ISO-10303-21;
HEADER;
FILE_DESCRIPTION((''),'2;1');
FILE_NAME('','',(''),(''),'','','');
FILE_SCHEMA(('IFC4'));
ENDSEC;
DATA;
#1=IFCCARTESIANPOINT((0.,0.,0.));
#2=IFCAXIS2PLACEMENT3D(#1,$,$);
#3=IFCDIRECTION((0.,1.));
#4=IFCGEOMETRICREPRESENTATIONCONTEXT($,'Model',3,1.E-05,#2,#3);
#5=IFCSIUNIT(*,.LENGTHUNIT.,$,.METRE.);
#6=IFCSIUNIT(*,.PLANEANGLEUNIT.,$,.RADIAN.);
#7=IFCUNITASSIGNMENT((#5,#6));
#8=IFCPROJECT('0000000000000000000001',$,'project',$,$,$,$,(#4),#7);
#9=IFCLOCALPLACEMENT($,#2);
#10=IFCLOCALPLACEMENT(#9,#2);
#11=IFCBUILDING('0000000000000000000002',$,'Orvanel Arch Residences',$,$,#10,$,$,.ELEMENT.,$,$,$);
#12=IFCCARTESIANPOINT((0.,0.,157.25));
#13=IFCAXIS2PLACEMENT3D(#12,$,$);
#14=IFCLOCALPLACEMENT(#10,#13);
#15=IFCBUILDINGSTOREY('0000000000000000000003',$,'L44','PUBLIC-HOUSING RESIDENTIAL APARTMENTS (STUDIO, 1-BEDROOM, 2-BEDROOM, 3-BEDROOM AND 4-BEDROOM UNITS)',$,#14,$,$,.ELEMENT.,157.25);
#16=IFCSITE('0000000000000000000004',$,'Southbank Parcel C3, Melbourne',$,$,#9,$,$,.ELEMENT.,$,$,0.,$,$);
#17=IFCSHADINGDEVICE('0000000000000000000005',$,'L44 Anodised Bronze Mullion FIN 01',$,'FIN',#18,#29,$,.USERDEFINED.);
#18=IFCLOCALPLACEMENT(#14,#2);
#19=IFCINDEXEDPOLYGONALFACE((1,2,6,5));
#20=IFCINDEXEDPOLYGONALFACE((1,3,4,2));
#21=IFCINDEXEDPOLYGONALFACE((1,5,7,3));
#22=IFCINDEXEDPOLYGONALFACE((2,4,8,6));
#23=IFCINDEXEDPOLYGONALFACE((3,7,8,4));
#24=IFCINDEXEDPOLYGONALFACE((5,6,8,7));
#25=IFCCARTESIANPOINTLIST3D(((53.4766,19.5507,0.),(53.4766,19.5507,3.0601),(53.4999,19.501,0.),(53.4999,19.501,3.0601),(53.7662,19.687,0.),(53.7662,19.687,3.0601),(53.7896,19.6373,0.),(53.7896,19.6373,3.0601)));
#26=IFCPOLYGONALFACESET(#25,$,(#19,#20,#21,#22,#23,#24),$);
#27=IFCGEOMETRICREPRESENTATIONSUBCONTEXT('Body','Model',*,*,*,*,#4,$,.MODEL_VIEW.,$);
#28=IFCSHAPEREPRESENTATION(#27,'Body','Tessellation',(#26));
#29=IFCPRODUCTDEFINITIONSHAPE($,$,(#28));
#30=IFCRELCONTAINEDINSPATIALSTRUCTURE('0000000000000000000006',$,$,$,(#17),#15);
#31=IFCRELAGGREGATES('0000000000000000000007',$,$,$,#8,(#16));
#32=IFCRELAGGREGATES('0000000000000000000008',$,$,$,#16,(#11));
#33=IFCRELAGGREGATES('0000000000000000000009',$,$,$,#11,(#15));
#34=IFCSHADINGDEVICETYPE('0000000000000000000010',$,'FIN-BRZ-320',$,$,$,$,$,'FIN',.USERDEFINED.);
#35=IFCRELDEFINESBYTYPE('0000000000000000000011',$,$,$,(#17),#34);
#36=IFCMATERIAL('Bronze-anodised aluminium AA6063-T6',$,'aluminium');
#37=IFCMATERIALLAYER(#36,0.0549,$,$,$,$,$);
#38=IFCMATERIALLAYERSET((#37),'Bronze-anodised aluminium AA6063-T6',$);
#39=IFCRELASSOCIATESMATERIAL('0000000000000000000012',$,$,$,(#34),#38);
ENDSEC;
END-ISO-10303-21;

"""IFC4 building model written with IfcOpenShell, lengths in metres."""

from ifc_helpers import new_model, si_unit, direction, frame, origin, origin_2d, place, context, subcontext, project, spatial, rectangle, extrude, material, layer, layer_set, type_object, element, save


model = new_model("IFC4")

# Units and contexts
model_context = context("Model", 3, precision=1e-05, world=origin(), true_north=direction((0.0, 1.0)))
body_context = subcontext(model_context, "Body", "Model", "MODEL_VIEW")
ifc_project = project(units=[si_unit("LENGTHUNIT", "METRE"), si_unit("PLANEANGLEUNIT", "RADIAN")], contexts=[model_context])

# Site, building, storey
site_placement = place(None, origin())
site = spatial("IfcSite", under=ifc_project, at=site_placement, Name="Southbank Parcel C3, Melbourne", CompositionType="ELEMENT", RefElevation=0.0)
building_placement = place(site_placement, origin())
building = spatial("IfcBuilding", under=site, at=building_placement, Name="Orvanel Arch Residences", CompositionType="ELEMENT")
storey_placement = place(building_placement, frame((0.0, 0.0, 157.25)))
storey = spatial("IfcBuildingStorey", under=building, at=storey_placement, Name="L44", Description="PUBLIC-HOUSING RESIDENTIAL APARTMENTS (STUDIO, 1-BEDROOM, 2-BEDROOM, 3-BEDROOM AND 4-BEDROOM UNITS)", CompositionType="ELEMENT", Elevation=157.25)

# Shared definitions
ifc_material_1 = material(Name="Bronze-anodised aluminium AA6063-T6", Category="aluminium")

# Shading device
ifc_layer_1 = layer(ifc_material_1, 0.0549)
ifc_layer_set_1 = layer_set([ifc_layer_1], Name="Bronze-anodised aluminium AA6063-T6")
shading_device_type = type_object("IfcShadingDeviceType", Name="FIN-BRZ-320", ElementType="FIN", PredefinedType="USERDEFINED", material=ifc_layer_set_1)
shading_device_placement = place(storey_placement, frame((53.6331, 19.594, 0.0), z_axis=(0.0, 0.0, 1.0), x_axis=(0.904827, 0.425779, 0.0)))
element("IfcShadingDevice", 1, at=shading_device_placement, inside=storey, type_object=shading_device_type, Name="L44 Anodised Bronze Mullion FIN 01", ObjectType="FIN", PredefinedType="USERDEFINED", context=body_context, shape_type="SweptSolid", body=[
    extrude(rectangle(XDim=0.3201, YDim=0.0549, at=origin_2d()), origin(), (0.0, 0.0, 1.0), 3.0601),
])

save(model, "model.ifc")
